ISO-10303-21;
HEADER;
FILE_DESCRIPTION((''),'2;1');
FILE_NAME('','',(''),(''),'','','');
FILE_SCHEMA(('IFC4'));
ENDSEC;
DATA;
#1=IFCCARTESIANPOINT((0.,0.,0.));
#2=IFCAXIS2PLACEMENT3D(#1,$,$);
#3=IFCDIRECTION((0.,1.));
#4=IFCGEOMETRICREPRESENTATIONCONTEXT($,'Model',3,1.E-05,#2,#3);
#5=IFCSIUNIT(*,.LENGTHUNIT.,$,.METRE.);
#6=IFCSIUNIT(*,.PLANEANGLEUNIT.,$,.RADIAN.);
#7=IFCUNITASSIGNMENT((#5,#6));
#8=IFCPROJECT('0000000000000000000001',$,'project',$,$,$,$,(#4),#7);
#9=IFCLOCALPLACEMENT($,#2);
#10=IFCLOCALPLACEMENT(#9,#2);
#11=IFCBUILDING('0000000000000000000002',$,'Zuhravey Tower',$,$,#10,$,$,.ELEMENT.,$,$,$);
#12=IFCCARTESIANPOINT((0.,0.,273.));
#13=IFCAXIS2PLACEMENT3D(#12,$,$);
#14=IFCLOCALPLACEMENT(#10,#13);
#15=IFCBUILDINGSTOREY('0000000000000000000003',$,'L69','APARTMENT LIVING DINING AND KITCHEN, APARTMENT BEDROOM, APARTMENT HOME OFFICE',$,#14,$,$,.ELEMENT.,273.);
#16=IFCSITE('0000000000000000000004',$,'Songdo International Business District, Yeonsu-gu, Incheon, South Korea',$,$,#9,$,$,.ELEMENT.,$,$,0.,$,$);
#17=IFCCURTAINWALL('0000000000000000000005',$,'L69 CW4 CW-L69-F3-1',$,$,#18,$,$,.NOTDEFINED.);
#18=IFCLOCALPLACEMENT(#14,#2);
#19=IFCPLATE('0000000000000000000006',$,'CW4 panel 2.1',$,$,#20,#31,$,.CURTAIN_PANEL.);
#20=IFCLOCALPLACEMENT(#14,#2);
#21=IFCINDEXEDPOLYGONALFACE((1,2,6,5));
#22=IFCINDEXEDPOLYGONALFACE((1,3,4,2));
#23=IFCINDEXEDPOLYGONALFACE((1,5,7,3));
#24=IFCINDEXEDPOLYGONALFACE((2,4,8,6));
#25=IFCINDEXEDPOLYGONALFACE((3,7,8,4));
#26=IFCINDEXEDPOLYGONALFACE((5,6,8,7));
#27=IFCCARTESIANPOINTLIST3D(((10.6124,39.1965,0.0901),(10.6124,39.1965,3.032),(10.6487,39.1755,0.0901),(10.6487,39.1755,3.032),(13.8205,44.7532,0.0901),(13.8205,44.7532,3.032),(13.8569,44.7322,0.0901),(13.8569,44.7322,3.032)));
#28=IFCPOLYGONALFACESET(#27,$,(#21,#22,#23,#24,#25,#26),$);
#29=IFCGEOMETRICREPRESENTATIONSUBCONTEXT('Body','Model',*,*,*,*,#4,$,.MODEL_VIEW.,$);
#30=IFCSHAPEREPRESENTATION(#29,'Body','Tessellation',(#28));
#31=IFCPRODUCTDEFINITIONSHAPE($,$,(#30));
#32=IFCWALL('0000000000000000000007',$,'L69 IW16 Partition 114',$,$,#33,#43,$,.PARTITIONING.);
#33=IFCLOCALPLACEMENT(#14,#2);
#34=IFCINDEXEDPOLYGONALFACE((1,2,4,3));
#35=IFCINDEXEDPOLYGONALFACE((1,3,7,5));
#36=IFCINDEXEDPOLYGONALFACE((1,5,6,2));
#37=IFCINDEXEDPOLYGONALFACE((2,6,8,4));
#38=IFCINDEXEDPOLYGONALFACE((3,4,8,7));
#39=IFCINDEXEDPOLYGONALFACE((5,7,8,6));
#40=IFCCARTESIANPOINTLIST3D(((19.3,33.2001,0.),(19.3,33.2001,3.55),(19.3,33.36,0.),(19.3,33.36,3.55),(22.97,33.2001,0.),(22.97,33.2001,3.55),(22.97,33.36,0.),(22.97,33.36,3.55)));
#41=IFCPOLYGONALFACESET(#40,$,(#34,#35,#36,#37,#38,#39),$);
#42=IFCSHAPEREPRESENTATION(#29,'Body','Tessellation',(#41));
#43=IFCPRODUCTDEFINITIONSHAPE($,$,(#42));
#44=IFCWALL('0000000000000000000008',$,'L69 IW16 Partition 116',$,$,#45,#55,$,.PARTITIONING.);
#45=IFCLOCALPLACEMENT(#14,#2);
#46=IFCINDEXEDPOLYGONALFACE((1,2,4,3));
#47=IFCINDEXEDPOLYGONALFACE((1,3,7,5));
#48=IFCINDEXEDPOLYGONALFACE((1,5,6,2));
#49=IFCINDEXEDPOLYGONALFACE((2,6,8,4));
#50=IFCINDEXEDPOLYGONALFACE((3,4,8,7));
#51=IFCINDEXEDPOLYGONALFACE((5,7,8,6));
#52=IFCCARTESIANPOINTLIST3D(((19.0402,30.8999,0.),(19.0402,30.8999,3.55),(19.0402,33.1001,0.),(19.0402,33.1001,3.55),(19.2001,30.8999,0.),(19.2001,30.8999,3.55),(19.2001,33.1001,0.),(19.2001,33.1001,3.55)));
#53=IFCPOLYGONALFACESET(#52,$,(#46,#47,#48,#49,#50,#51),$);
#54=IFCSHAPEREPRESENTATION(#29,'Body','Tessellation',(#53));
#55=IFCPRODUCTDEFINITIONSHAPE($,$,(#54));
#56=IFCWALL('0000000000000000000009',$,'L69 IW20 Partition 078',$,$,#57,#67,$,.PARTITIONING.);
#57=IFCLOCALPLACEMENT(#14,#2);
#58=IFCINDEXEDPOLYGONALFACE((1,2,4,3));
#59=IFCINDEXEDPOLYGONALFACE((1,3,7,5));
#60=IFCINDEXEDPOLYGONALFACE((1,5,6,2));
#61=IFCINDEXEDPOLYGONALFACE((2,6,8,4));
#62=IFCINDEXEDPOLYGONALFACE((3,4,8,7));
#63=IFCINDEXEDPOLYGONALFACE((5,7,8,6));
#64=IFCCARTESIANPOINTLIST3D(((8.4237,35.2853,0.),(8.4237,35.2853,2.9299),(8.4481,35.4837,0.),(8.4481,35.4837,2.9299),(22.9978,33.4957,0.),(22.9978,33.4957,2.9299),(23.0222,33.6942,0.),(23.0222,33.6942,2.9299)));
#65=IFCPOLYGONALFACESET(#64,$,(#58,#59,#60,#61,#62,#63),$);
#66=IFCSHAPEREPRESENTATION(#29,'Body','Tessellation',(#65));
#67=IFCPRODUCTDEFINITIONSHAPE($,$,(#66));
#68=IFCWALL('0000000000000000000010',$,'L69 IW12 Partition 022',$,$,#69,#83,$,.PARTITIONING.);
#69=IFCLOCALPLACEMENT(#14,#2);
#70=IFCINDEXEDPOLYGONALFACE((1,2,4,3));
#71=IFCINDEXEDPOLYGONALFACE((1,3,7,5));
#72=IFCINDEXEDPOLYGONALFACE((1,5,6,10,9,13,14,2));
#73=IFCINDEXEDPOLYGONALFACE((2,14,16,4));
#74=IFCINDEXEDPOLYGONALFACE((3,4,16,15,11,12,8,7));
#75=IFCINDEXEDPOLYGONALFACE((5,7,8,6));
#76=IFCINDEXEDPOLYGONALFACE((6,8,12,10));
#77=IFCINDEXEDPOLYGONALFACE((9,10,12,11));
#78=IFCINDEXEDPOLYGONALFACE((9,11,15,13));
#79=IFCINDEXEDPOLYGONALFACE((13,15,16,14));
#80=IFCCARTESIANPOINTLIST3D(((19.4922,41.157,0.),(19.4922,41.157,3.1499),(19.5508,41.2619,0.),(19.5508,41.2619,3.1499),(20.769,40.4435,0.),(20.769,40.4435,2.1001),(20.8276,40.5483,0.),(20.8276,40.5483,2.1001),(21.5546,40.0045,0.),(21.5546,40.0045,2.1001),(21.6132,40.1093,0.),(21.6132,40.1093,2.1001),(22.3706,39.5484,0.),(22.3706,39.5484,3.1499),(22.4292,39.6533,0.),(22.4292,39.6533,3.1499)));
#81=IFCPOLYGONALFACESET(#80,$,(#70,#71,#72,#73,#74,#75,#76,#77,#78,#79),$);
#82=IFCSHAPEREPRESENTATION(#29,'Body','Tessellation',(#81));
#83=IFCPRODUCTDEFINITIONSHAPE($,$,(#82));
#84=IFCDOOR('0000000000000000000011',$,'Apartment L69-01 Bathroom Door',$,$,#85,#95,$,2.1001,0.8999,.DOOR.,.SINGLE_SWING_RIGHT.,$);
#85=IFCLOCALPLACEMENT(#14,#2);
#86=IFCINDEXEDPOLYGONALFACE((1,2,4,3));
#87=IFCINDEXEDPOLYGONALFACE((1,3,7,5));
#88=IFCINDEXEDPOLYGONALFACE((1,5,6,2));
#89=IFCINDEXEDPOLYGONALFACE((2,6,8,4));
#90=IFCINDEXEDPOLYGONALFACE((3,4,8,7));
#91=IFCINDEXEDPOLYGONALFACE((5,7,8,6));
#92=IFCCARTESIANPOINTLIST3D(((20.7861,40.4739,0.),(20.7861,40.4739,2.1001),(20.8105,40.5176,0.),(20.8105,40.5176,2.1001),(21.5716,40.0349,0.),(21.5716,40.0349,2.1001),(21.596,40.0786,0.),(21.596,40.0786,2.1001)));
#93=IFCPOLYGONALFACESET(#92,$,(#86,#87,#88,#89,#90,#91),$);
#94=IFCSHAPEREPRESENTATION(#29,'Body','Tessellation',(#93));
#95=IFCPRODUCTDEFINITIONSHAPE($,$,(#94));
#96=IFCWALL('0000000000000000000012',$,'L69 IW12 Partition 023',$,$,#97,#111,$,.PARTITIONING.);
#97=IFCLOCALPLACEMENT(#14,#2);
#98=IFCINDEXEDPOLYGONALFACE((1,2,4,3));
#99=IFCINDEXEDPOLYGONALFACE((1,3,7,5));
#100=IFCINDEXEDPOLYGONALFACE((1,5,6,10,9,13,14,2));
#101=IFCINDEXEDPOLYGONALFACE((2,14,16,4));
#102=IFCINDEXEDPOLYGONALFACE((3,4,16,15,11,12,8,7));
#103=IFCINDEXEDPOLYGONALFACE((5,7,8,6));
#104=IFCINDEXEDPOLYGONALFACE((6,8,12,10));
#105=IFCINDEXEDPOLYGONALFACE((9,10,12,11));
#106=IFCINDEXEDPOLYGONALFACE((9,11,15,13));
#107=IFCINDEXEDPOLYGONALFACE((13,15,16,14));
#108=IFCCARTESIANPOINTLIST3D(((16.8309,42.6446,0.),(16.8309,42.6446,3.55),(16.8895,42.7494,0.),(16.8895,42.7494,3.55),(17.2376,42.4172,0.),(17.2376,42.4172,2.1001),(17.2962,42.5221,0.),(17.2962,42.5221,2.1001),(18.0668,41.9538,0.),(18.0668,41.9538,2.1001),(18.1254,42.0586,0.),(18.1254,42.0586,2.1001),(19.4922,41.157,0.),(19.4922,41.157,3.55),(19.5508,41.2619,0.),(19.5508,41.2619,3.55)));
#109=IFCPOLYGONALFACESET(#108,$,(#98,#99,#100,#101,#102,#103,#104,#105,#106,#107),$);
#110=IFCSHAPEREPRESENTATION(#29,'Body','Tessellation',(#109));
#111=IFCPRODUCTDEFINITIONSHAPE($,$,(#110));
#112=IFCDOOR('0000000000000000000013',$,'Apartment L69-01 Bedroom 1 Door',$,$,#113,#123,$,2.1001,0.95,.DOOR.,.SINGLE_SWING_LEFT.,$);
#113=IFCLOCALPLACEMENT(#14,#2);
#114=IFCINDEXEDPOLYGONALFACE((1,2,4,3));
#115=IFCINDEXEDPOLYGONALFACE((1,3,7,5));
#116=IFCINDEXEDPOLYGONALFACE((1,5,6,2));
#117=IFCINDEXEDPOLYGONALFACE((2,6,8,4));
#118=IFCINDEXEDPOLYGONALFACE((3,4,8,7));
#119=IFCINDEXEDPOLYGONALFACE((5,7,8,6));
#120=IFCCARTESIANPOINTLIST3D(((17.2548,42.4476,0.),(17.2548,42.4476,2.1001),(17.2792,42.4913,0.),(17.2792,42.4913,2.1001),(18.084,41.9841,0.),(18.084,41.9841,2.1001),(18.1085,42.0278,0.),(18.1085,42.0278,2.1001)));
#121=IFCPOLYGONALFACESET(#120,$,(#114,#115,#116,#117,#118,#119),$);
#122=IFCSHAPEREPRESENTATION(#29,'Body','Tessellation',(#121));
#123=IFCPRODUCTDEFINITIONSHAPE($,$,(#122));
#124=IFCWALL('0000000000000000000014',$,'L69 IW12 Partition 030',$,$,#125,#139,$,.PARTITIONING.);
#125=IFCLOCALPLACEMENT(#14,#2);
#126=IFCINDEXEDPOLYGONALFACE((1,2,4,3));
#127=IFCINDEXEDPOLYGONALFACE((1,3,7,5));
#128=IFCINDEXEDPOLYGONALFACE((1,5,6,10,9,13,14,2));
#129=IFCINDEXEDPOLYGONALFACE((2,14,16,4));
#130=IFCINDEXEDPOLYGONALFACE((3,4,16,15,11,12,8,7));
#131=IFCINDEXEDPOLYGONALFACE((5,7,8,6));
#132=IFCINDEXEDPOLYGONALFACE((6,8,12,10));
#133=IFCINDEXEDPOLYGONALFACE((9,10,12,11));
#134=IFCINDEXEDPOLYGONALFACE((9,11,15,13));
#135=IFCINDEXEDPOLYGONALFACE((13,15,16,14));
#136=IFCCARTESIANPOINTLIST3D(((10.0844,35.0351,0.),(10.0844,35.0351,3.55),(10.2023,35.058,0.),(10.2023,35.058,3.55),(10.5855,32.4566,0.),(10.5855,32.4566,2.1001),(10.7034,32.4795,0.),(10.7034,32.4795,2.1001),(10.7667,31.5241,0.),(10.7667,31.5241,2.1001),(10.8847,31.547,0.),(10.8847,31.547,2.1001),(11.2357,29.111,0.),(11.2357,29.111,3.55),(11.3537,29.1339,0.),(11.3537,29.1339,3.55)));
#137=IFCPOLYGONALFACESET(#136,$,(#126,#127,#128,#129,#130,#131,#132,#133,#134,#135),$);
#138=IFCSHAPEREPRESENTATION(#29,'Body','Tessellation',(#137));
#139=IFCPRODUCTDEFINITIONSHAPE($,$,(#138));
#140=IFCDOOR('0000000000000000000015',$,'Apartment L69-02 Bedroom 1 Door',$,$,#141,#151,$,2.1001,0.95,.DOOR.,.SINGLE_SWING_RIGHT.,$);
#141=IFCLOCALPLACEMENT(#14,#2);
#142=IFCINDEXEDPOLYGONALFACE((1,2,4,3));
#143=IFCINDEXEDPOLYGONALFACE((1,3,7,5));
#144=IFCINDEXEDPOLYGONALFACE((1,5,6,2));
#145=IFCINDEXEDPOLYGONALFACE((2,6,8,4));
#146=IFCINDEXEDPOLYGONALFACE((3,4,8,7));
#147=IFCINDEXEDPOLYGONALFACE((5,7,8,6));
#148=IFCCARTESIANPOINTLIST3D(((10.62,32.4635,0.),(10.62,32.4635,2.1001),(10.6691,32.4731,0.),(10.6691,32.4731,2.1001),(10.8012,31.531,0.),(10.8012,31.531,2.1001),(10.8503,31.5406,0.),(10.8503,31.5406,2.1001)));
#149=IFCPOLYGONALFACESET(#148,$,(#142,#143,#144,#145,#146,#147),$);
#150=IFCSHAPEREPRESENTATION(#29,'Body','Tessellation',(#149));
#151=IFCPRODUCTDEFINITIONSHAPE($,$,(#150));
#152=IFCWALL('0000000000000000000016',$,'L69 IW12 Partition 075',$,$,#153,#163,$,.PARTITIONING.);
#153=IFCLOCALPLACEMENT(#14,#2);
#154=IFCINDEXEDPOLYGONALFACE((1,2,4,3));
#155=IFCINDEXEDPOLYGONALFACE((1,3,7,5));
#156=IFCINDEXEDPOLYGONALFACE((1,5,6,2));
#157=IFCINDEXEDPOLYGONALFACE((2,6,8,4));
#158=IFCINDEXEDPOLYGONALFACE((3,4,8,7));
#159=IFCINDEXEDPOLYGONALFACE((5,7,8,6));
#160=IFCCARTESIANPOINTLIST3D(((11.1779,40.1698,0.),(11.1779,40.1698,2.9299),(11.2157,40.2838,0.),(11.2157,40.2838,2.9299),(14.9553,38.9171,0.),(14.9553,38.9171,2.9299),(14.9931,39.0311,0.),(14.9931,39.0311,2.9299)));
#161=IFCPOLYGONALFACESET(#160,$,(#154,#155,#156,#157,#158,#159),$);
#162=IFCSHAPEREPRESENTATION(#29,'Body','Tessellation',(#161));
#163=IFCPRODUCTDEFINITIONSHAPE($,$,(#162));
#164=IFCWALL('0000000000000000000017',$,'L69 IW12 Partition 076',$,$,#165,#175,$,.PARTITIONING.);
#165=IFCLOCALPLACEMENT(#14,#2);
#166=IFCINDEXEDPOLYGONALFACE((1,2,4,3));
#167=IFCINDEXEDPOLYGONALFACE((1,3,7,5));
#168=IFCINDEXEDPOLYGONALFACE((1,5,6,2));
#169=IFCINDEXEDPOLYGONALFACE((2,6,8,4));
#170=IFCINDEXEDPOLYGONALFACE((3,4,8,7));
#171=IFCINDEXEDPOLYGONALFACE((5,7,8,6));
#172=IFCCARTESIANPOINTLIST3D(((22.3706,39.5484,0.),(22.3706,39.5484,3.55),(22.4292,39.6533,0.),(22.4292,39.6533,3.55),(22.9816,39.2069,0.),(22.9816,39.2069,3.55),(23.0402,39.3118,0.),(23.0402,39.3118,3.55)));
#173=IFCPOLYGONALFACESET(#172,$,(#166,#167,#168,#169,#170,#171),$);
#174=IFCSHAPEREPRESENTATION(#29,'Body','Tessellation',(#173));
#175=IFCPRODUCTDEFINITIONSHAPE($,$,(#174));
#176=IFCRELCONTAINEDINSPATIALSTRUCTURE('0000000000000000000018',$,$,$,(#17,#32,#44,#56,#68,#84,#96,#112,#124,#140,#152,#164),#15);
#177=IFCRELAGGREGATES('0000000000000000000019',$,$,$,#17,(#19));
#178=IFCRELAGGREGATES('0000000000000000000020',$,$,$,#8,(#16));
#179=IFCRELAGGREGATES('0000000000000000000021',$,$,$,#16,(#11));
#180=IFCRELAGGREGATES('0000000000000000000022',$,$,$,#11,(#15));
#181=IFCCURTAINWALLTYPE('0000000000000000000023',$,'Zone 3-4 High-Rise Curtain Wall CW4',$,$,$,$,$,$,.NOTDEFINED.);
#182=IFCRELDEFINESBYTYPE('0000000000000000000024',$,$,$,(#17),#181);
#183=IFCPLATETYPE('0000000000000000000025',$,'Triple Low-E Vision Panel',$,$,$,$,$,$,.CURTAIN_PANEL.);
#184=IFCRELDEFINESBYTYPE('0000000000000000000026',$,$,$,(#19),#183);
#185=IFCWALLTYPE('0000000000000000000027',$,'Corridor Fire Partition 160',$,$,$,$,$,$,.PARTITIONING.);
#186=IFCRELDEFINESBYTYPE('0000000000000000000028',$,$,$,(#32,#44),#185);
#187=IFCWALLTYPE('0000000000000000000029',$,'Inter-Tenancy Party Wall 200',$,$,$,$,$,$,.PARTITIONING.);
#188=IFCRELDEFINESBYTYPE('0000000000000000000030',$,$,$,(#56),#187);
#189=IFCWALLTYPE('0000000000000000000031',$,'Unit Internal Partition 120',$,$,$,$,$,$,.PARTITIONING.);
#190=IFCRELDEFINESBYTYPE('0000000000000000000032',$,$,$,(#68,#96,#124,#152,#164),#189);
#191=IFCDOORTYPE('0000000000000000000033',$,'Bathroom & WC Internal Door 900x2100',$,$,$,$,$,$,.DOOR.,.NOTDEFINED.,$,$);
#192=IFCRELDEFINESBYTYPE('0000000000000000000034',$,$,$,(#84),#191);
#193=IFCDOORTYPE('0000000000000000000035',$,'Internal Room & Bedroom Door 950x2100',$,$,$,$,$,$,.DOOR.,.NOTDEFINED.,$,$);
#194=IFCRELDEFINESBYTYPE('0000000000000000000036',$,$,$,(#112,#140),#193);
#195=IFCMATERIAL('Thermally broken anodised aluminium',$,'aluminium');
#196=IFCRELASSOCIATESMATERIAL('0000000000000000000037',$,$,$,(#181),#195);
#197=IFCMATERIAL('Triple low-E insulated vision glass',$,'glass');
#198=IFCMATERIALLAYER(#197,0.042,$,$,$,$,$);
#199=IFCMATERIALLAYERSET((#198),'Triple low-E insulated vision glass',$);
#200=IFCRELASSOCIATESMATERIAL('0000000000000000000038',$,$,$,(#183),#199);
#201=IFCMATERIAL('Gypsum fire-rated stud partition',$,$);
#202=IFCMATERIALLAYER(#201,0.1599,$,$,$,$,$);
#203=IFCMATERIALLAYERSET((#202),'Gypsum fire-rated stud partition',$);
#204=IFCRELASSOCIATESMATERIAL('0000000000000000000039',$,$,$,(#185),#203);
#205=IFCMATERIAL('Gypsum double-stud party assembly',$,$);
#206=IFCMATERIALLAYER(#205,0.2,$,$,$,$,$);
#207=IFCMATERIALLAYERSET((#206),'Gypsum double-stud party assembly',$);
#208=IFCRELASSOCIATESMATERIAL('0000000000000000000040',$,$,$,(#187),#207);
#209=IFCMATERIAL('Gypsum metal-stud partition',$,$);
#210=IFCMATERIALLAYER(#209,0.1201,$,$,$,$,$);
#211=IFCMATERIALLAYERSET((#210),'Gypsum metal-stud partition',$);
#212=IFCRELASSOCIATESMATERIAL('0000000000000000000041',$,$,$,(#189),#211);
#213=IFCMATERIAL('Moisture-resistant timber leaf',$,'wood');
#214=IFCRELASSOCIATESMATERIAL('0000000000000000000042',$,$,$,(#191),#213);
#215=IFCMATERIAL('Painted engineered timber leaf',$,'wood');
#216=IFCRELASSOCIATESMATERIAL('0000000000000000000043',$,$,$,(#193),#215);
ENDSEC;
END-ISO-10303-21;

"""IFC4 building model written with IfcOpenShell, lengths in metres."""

from ifc_helpers import new_model, si_unit, direction, frame, frame_2d, origin, origin_2d, place, context, subcontext, project, spatial, rectangle, extrude, material, layer, layer_set, type_object, element, fill, aggregate, save


model = new_model("IFC4")

# Units and contexts
model_context = context("Model", 3, precision=1e-05, world=origin(), true_north=direction((0.0, 1.0)))
body_context = subcontext(model_context, "Body", "Model", "MODEL_VIEW")
ifc_project = project(units=[si_unit("LENGTHUNIT", "METRE"), si_unit("PLANEANGLEUNIT", "RADIAN")], contexts=[model_context])

# Site, building, storey
site_placement = place(None, origin())
site = spatial("IfcSite", under=ifc_project, at=site_placement, Name="Songdo International Business District, Yeonsu-gu, Incheon, South Korea", CompositionType="ELEMENT", RefElevation=0.0)
building_placement = place(site_placement, origin())
building = spatial("IfcBuilding", under=site, at=building_placement, Name="Zuhravey Tower", CompositionType="ELEMENT")
storey_placement = place(building_placement, frame((0.0, 0.0, 273.0)))
storey = spatial("IfcBuildingStorey", under=building, at=storey_placement, Name="L69", Description="APARTMENT LIVING DINING AND KITCHEN, APARTMENT BEDROOM, APARTMENT HOME OFFICE", CompositionType="ELEMENT", Elevation=273.0)

# Curtain wall
ifc_material_1 = material(Name="Thermally broken anodised aluminium", Category="aluminium")
curtain_wall_type = type_object("IfcCurtainWallType", Name="Zone 3-4 High-Rise Curtain Wall CW4", PredefinedType="NOTDEFINED", material=ifc_material_1)
curtain_wall_placement = place(storey_placement, origin())
curtain_wall = element("IfcCurtainWall", 1, at=curtain_wall_placement, inside=storey, type_object=curtain_wall_type, Name="L69 CW4 CW-L69-F3-1", PredefinedType="NOTDEFINED")

# Plate
ifc_material_2 = material(Name="Triple low-E insulated vision glass", Category="glass")
ifc_layer_1 = layer(ifc_material_2, 0.042)
ifc_layer_set_1 = layer_set([ifc_layer_1], Name="Triple low-E insulated vision glass")
plate_type = type_object("IfcPlateType", Name="Triple Low-E Vision Panel", PredefinedType="CURTAIN_PANEL", material=ifc_layer_set_1)
plate_1_placement = place(storey_placement, frame((12.2346, 41.9644, 0.0901), z_axis=(0.0, 0.0, 1.0), x_axis=(0.500001, 0.866025, 0.0)))
plate_1 = element("IfcPlate", 2, at=plate_1_placement, type_object=plate_type, Name="CW4 panel 2.1", PredefinedType="CURTAIN_PANEL", context=body_context, shape_type="SweptSolid", body=[
    extrude(rectangle(XDim=6.4163, YDim=0.042, at=origin_2d()), origin(), (0.0, 0.0, 1.0), 2.9419),
])
aggregate(curtain_wall, [plate_1])

# Shared definitions
ifc_material_3 = material(Name="Gypsum fire-rated stud partition")
ifc_layer_2 = layer(ifc_material_3, 0.1599)
ifc_layer_set_2 = layer_set([ifc_layer_2], Name="Gypsum fire-rated stud partition")
wall_type_1 = type_object("IfcWallType", Name="Corridor Fire Partition 160", PredefinedType="PARTITIONING", material=ifc_layer_set_2)

# Walls
wall_1_placement = place(storey_placement, frame((22.97, 33.28, 0.0), z_axis=(0.0, 0.0, 1.0), x_axis=(-1.0, 0.0, 0.0)))
element("IfcWall", 3, at=wall_1_placement, inside=storey, type_object=wall_type_1, Name="L69 IW16 Partition 114", PredefinedType="PARTITIONING", context=body_context, shape_type="SweptSolid", body=[
    extrude(rectangle(XDim=3.6699, YDim=0.1599, at=frame_2d((1.835, 0.0))), origin(), (0.0, 0.0, 1.0), 3.55),
])
wall_2_placement = place(storey_placement, frame((19.1201, 33.1001, 0.0), z_axis=(0.0, 0.0, 1.0), x_axis=(0.0, -1.0, 0.0)))
element("IfcWall", 4, at=wall_2_placement, inside=storey, type_object=wall_type_1, Name="L69 IW16 Partition 116", PredefinedType="PARTITIONING", context=body_context, shape_type="SweptSolid", body=[
    extrude(rectangle(XDim=2.2002, YDim=0.1599, at=frame_2d((1.1001, 0.0))), origin(), (0.0, 0.0, 1.0), 3.55),
])
ifc_material_4 = material(Name="Gypsum double-stud party assembly")
ifc_layer_3 = layer(ifc_material_4, 0.2)
ifc_layer_set_3 = layer_set([ifc_layer_3], Name="Gypsum double-stud party assembly")
wall_type_2 = type_object("IfcWallType", Name="Inter-Tenancy Party Wall 200", PredefinedType="PARTITIONING", material=ifc_layer_set_3)
wall_3_placement = place(storey_placement, frame((23.01, 33.595, 0.0), z_axis=(0.0, 0.0, 1.0), x_axis=(-0.992546, 0.121873, 0.0)))
element("IfcWall", 5, at=wall_3_placement, inside=storey, type_object=wall_type_2, Name="L69 IW20 Partition 078", PredefinedType="PARTITIONING", context=body_context, shape_type="SweptSolid", body=[
    extrude(rectangle(XDim=14.6836, YDim=0.2, at=frame_2d((7.3418, 0.0))), origin(), (0.0, 0.0, 1.0), 2.9299),
])

# Walls, openings, doors
ifc_material_5 = material(Name="Gypsum metal-stud partition")
ifc_layer_4 = layer(ifc_material_5, 0.1201)
ifc_layer_set_4 = layer_set([ifc_layer_4], Name="Gypsum metal-stud partition")
wall_type_3 = type_object("IfcWallType", Name="Unit Internal Partition 120", PredefinedType="PARTITIONING", material=ifc_layer_set_4)
wall_4_placement = place(storey_placement, frame((22.3999, 39.6008, 0.0), z_axis=(0.0, 0.0, 1.0), x_axis=(-0.872929, 0.487848, 0.0)))
wall_4 = element("IfcWall", 6, at=wall_4_placement, inside=storey, type_object=wall_type_3, Name="L69 IW12 Partition 022", PredefinedType="PARTITIONING", context=body_context, shape_type="SweptSolid", body=[
    extrude(rectangle(XDim=3.2974, YDim=0.1201, at=frame_2d((1.6487, 0.0))), origin(), (0.0, 0.0, 1.0), 3.1499),
])
opening_1_placement = place(wall_4_placement, frame((0.9348, 0.0, 0.0)))
opening_1 = element("IfcOpeningElement", 7, at=opening_1_placement, cuts=wall_4, PredefinedType="OPENING", context=body_context, shape_type="SweptSolid", body=[
    extrude(rectangle(XDim=0.8999, YDim=2.1001, at=frame_2d((0.45, 1.05))), frame((0.0, 0.072, 0.0), z_axis=(0.0, -1.0, 0.0), x_axis=(1.0, 0.0, 0.0)), (0.0, 0.0, 1.0), 0.144),
])
ifc_material_6 = material(Name="Moisture-resistant timber leaf", Category="wood")
door_type_1 = type_object("IfcDoorType", Name="Bathroom & WC Internal Door 900x2100", OperationType="NOTDEFINED", PredefinedType="DOOR", material=ifc_material_6)
door_1_placement = place(opening_1_placement, frame((0.8999, 0.0, 0.0), z_axis=(0.0, 0.0, 1.0), x_axis=(-1.0, 0.0, 0.0)))
door_1 = element("IfcDoor", 8, at=door_1_placement, inside=storey, type_object=door_type_1, Name="Apartment L69-01 Bathroom Door", OperationType="SINGLE_SWING_RIGHT", OverallHeight=2.1001, OverallWidth=0.8999, PredefinedType="DOOR", context=body_context, shape_type="SweptSolid", body=[
    extrude(rectangle(XDim=0.8999, YDim=2.1001, at=frame_2d((0.45, 1.05))), frame((0.0, 0.0249, 0.0), z_axis=(0.0, -1.0, 0.0), x_axis=(1.0, 0.0, 0.0)), (0.0, 0.0, 1.0), 0.05),
])
fill(opening_1, door_1)
wall_5_placement = place(storey_placement, frame((19.5215, 41.2095, 0.0), z_axis=(0.0, 0.0, 1.0), x_axis=(-0.8729, 0.487899, 0.0)))
wall_5 = element("IfcWall", 9, at=wall_5_placement, inside=storey, type_object=wall_type_3, Name="L69 IW12 Partition 023", PredefinedType="PARTITIONING", context=body_context, shape_type="SweptSolid", body=[
    extrude(rectangle(XDim=3.0488, YDim=0.1201, at=frame_2d((1.5244, 0.0))), origin(), (0.0, 0.0, 1.0), 3.55),
])
opening_2_placement = place(wall_5_placement, frame((1.6328, 0.0, 0.0)))
opening_2 = element("IfcOpeningElement", 10, at=opening_2_placement, cuts=wall_5, PredefinedType="OPENING", context=body_context, shape_type="SweptSolid", body=[
    extrude(rectangle(XDim=0.95, YDim=2.1001, at=frame_2d((0.4751, 1.05))), frame((0.0, 0.072, 0.0), z_axis=(0.0, -1.0, 0.0), x_axis=(1.0, 0.0, 0.0)), (0.0, 0.0, 1.0), 0.144),
])
ifc_material_7 = material(Name="Painted engineered timber leaf", Category="wood")
door_type_2 = type_object("IfcDoorType", Name="Internal Room & Bedroom Door 950x2100", OperationType="NOTDEFINED", PredefinedType="DOOR", material=ifc_material_7)
door_2_placement = place(opening_2_placement, frame((0.95, 0.0, 0.0), z_axis=(0.0, 0.0, 1.0), x_axis=(-1.0, 0.0, 0.0)))
door_2 = element("IfcDoor", 11, at=door_2_placement, inside=storey, type_object=door_type_2, Name="Apartment L69-01 Bedroom 1 Door", OperationType="SINGLE_SWING_LEFT", OverallHeight=2.1001, OverallWidth=0.95, PredefinedType="DOOR", context=body_context, shape_type="SweptSolid", body=[
    extrude(rectangle(XDim=0.95, YDim=2.1001, at=frame_2d((0.4751, 1.05))), frame((0.0, 0.0249, 0.0), z_axis=(0.0, -1.0, 0.0), x_axis=(1.0, 0.0, 0.0)), (0.0, 0.0, 1.0), 0.05),
])
fill(opening_2, door_2)
wall_6_placement = place(storey_placement, frame((10.1433, 35.0466, 0.0), z_axis=(0.0, 0.0, 1.0), x_axis=(0.190784, -0.981632, 0.0)))
wall_6 = element("IfcWall", 12, at=wall_6_placement, inside=storey, type_object=wall_type_3, Name="L69 IW12 Partition 030", PredefinedType="PARTITIONING", context=body_context, shape_type="SweptSolid", body=[
    extrude(rectangle(XDim=6.0349, YDim=0.1201, at=frame_2d((3.0176, 0.0))), origin(), (0.0, 0.0, 1.0), 3.55),
])
opening_3_placement = place(wall_6_placement, frame((2.6267, 0.0, 0.0)))
opening_3 = element("IfcOpeningElement", 13, at=opening_3_placement, cuts=wall_6, PredefinedType="OPENING", context=body_context, shape_type="SweptSolid", body=[
    extrude(rectangle(XDim=0.95, YDim=2.1001, at=frame_2d((0.4751, 1.05))), frame((0.0, 0.072, 0.0), z_axis=(0.0, -1.0, 0.0), x_axis=(1.0, 0.0, 0.0)), (0.0, 0.0, 1.0), 0.144),
])
door_3_placement = place(opening_3_placement, frame((0.95, 0.0, 0.0), z_axis=(0.0, 0.0, 1.0), x_axis=(-1.0, 0.0, 0.0)))
door_3 = element("IfcDoor", 14, at=door_3_placement, inside=storey, type_object=door_type_2, Name="Apartment L69-02 Bedroom 1 Door", OperationType="SINGLE_SWING_RIGHT", OverallHeight=2.1001, OverallWidth=0.95, PredefinedType="DOOR", context=body_context, shape_type="SweptSolid", body=[
    extrude(rectangle(XDim=0.95, YDim=2.1001, at=frame_2d((0.4751, 1.05))), frame((0.0, 0.0249, 0.0), z_axis=(0.0, -1.0, 0.0), x_axis=(1.0, 0.0, 0.0)), (0.0, 0.0, 1.0), 0.05),
])
fill(opening_3, door_3)

# Walls
wall_7_placement = place(storey_placement, frame((14.9741, 38.9741, 0.0), z_axis=(0.0, 0.0, 1.0), x_axis=(-0.949167, 0.314773, 0.0)))
element("IfcWall", 15, at=wall_7_placement, inside=storey, type_object=wall_type_3, Name="L69 IW12 Partition 075", PredefinedType="PARTITIONING", context=body_context, shape_type="SweptSolid", body=[
    extrude(rectangle(XDim=3.9797, YDim=0.1201, at=frame_2d((1.9897, 0.0))), origin(), (0.0, 0.0, 1.0), 2.9299),
])
wall_8_placement = place(storey_placement, frame((23.011, 39.2593, 0.0), z_axis=(0.0, 0.0, 1.0), x_axis=(-0.872904, 0.487892, 0.0)))
element("IfcWall", 16, at=wall_8_placement, inside=storey, type_object=wall_type_3, Name="L69 IW12 Partition 076", PredefinedType="PARTITIONING", context=body_context, shape_type="SweptSolid", body=[
    extrude(rectangle(XDim=0.7, YDim=0.1201, at=frame_2d((0.3501, 0.0))), origin(), (0.0, 0.0, 1.0), 3.55),
])

save(model, "model.ifc")
